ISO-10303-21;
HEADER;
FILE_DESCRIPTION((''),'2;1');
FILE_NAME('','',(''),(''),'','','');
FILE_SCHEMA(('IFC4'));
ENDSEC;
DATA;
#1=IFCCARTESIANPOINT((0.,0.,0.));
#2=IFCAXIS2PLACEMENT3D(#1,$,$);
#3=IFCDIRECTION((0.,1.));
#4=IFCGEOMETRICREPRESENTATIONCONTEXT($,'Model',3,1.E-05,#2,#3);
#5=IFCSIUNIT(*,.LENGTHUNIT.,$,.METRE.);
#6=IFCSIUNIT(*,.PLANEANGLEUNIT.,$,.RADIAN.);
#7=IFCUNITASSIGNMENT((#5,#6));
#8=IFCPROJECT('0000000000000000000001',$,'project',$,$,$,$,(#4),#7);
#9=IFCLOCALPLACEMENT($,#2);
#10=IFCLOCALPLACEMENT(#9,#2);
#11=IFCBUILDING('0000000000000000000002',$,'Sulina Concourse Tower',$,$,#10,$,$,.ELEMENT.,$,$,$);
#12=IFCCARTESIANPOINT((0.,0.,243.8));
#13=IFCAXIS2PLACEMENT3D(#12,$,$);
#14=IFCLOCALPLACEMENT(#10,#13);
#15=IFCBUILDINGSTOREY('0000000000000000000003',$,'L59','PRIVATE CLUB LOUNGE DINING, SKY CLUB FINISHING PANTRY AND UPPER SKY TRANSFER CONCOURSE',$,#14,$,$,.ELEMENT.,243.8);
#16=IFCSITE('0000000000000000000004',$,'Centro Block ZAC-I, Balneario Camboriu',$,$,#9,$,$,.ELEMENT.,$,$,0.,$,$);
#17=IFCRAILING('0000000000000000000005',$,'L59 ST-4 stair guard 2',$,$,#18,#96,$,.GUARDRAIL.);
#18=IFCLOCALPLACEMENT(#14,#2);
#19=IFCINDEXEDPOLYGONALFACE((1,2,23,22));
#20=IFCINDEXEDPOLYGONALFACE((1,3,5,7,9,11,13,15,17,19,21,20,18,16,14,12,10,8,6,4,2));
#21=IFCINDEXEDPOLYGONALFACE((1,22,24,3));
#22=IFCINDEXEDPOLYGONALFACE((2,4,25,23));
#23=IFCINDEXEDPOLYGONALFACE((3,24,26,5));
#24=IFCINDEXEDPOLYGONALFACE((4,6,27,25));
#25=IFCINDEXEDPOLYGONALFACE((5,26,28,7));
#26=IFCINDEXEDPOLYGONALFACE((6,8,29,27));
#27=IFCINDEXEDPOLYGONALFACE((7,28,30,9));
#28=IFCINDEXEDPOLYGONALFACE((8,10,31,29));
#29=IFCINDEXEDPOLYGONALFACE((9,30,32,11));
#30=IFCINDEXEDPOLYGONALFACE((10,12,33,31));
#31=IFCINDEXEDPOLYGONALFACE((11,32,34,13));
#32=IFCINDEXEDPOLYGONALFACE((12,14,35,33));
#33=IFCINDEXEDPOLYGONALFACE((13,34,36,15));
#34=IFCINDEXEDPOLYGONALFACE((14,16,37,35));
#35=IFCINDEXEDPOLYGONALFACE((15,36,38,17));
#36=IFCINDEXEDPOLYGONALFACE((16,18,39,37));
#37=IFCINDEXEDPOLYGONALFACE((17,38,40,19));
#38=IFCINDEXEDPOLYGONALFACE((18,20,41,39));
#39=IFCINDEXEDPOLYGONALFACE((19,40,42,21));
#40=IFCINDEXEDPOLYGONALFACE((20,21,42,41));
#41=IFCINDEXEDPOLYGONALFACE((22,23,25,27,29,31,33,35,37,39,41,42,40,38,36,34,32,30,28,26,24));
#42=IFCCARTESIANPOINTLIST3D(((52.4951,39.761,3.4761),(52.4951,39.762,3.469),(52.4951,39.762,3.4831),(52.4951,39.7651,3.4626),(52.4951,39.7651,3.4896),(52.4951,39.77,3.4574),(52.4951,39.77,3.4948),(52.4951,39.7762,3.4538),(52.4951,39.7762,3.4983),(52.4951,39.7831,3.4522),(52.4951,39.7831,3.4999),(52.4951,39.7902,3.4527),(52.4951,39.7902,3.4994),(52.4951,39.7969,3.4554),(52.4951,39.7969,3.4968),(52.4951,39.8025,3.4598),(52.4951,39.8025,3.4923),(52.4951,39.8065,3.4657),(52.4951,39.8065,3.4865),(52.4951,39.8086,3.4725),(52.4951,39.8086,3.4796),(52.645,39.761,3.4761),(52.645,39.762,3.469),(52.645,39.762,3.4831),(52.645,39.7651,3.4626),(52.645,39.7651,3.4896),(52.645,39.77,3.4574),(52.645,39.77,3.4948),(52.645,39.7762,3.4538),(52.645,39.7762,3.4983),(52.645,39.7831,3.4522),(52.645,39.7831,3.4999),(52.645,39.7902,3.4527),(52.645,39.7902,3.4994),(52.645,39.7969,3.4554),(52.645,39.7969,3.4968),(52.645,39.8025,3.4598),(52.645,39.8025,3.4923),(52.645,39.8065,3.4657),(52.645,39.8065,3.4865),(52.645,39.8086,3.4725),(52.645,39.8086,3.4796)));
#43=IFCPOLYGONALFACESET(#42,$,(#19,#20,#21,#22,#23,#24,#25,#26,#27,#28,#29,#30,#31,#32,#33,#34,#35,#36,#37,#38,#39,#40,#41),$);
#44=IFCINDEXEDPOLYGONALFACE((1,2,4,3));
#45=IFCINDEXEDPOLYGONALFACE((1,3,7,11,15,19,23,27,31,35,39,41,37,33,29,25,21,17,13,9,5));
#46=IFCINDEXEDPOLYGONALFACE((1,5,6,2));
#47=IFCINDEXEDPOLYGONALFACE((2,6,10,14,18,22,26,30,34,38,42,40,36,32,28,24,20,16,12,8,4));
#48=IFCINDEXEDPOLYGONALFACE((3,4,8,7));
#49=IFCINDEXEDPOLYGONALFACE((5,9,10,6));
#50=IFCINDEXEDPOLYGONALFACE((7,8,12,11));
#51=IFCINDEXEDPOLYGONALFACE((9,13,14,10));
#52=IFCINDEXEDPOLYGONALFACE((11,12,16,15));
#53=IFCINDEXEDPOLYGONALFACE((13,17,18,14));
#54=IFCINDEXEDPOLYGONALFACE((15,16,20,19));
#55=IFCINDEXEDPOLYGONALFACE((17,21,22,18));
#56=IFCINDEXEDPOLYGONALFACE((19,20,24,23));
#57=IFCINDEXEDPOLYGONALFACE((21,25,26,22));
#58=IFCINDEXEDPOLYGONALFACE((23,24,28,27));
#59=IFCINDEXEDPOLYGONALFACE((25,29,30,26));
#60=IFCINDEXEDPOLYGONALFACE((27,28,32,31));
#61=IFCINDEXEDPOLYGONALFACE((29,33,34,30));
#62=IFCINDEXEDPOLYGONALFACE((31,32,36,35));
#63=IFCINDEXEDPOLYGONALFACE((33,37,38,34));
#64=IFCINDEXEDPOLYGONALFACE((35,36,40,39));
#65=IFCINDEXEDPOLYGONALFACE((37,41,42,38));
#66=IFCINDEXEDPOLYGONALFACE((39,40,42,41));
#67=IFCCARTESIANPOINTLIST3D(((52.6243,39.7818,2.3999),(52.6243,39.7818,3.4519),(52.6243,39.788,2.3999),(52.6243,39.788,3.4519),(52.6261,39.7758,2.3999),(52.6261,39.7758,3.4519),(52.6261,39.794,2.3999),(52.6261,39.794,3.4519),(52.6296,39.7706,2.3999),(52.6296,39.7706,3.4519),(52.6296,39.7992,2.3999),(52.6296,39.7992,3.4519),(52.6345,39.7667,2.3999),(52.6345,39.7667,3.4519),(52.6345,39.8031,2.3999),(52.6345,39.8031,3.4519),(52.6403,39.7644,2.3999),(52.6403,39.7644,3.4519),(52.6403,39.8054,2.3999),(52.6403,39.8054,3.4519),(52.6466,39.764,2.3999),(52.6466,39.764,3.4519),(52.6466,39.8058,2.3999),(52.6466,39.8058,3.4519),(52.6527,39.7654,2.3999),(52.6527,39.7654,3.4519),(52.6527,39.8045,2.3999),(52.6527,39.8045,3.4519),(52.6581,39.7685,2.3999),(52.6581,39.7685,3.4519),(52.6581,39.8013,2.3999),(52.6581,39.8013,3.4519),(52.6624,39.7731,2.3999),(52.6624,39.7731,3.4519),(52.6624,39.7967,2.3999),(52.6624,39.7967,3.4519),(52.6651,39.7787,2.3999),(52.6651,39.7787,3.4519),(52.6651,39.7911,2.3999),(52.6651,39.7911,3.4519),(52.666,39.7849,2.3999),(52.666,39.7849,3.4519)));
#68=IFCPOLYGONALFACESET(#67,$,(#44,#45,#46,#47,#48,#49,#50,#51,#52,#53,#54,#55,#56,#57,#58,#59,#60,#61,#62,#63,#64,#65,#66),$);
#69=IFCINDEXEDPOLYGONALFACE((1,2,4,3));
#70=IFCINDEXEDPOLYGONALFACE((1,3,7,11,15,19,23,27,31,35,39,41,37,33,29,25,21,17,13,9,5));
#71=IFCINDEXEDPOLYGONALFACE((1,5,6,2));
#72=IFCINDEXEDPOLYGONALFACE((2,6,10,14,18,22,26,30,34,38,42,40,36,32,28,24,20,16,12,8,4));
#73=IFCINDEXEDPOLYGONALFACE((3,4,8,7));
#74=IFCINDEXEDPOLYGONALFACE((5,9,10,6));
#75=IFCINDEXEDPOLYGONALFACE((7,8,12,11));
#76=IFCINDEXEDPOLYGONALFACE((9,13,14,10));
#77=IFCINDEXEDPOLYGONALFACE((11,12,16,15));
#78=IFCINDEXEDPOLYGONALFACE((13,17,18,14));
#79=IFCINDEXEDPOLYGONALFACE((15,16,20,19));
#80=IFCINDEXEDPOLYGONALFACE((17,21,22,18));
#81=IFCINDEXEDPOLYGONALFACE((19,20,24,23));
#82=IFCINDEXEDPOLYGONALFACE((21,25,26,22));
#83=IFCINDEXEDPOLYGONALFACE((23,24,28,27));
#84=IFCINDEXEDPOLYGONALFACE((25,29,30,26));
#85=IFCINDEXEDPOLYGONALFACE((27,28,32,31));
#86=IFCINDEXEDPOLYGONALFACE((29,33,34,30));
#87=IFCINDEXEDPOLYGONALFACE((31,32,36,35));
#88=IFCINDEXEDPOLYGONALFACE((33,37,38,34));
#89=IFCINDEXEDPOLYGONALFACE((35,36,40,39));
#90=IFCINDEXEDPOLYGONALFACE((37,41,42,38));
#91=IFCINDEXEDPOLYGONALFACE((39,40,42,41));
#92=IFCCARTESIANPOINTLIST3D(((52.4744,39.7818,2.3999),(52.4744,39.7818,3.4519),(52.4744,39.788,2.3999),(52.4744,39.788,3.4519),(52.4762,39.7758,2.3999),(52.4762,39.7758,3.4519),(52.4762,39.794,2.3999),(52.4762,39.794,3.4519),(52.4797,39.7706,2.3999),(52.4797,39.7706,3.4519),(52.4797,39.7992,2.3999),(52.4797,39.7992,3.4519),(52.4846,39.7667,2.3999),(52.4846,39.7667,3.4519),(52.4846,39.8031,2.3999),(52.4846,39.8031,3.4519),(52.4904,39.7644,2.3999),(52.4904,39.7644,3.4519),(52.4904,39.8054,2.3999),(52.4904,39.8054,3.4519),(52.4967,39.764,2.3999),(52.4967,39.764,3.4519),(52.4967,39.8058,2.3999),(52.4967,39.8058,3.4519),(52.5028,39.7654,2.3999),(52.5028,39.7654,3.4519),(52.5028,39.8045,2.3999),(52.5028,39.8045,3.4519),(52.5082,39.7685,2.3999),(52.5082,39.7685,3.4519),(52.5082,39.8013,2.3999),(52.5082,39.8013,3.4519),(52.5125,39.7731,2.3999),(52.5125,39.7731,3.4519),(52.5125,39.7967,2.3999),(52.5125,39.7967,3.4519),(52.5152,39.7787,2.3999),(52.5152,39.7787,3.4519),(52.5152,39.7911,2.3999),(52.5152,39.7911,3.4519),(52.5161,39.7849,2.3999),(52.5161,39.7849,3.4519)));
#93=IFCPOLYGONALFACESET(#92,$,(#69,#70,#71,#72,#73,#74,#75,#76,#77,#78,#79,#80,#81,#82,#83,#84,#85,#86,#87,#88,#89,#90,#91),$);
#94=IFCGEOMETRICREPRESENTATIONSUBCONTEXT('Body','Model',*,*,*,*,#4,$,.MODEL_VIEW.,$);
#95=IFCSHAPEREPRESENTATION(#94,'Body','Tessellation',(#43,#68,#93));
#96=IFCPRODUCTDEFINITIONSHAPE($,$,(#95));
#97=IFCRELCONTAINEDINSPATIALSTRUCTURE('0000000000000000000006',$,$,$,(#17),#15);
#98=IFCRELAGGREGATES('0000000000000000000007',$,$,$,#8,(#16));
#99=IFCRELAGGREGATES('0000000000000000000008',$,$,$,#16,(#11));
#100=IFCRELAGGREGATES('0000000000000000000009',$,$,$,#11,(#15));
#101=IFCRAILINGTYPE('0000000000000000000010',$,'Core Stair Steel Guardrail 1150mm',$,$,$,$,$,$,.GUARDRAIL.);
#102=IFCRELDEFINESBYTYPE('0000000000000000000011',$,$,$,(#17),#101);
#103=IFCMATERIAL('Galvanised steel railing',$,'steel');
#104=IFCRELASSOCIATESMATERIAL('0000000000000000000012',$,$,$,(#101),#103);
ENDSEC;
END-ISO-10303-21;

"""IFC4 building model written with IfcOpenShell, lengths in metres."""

from ifc_helpers import new_model, si_unit, direction, frame, origin, origin_2d, place, context, subcontext, project, spatial, circle, extrude, material, type_object, element, save


model = new_model("IFC4")

# Units and contexts
model_context = context("Model", 3, precision=1e-05, world=origin(), true_north=direction((0.0, 1.0)))
body_context = subcontext(model_context, "Body", "Model", "MODEL_VIEW")
ifc_project = project(units=[si_unit("LENGTHUNIT", "METRE"), si_unit("PLANEANGLEUNIT", "RADIAN")], contexts=[model_context])

# Site, building, storey
site_placement = place(None, origin())
site = spatial("IfcSite", under=ifc_project, at=site_placement, Name="Centro Block ZAC-I, Balneario Camboriu", CompositionType="ELEMENT", RefElevation=0.0)
building_placement = place(site_placement, origin())
building = spatial("IfcBuilding", under=site, at=building_placement, Name="Sulina Concourse Tower", CompositionType="ELEMENT")
storey_placement = place(building_placement, frame((0.0, 0.0, 243.8)))
storey = spatial("IfcBuildingStorey", under=building, at=storey_placement, Name="L59", Description="PRIVATE CLUB LOUNGE DINING, SKY CLUB FINISHING PANTRY AND UPPER SKY TRANSFER CONCOURSE", CompositionType="ELEMENT", Elevation=243.8)

# Railing
ifc_material_1 = material(Name="Galvanised steel railing", Category="steel")
railing_type_1 = type_object("IfcRailingType", Name="Core Stair Steel Guardrail 1150mm", PredefinedType="GUARDRAIL", material=ifc_material_1)
railing_1_placement = place(storey_placement, frame((52.645, 39.7849, 2.3999)))
element("IfcRailing", 1, at=railing_1_placement, inside=storey, type_object=railing_type_1, Name="L59 ST-4 stair guard 2", PredefinedType="GUARDRAIL", context=body_context, shape_type="SweptSolid", body=[
    extrude(circle(Radius=0.0239, at=origin_2d()), frame((0.0, 0.0, 1.0762), z_axis=(-1.0, 0.0, 0.0), x_axis=(0.0, -1.0, 0.0)), (0.0, 0.0, 1.0), 0.1499),
    extrude(circle(Radius=0.021, at=origin_2d()), origin(), (0.0, 0.0, 1.0), 1.052),
    extrude(circle(Radius=0.021, at=origin_2d()), frame((-0.1499, 0.0, 0.0)), (0.0, 0.0, 1.0), 1.052),
])

save(model, "model.ifc")
